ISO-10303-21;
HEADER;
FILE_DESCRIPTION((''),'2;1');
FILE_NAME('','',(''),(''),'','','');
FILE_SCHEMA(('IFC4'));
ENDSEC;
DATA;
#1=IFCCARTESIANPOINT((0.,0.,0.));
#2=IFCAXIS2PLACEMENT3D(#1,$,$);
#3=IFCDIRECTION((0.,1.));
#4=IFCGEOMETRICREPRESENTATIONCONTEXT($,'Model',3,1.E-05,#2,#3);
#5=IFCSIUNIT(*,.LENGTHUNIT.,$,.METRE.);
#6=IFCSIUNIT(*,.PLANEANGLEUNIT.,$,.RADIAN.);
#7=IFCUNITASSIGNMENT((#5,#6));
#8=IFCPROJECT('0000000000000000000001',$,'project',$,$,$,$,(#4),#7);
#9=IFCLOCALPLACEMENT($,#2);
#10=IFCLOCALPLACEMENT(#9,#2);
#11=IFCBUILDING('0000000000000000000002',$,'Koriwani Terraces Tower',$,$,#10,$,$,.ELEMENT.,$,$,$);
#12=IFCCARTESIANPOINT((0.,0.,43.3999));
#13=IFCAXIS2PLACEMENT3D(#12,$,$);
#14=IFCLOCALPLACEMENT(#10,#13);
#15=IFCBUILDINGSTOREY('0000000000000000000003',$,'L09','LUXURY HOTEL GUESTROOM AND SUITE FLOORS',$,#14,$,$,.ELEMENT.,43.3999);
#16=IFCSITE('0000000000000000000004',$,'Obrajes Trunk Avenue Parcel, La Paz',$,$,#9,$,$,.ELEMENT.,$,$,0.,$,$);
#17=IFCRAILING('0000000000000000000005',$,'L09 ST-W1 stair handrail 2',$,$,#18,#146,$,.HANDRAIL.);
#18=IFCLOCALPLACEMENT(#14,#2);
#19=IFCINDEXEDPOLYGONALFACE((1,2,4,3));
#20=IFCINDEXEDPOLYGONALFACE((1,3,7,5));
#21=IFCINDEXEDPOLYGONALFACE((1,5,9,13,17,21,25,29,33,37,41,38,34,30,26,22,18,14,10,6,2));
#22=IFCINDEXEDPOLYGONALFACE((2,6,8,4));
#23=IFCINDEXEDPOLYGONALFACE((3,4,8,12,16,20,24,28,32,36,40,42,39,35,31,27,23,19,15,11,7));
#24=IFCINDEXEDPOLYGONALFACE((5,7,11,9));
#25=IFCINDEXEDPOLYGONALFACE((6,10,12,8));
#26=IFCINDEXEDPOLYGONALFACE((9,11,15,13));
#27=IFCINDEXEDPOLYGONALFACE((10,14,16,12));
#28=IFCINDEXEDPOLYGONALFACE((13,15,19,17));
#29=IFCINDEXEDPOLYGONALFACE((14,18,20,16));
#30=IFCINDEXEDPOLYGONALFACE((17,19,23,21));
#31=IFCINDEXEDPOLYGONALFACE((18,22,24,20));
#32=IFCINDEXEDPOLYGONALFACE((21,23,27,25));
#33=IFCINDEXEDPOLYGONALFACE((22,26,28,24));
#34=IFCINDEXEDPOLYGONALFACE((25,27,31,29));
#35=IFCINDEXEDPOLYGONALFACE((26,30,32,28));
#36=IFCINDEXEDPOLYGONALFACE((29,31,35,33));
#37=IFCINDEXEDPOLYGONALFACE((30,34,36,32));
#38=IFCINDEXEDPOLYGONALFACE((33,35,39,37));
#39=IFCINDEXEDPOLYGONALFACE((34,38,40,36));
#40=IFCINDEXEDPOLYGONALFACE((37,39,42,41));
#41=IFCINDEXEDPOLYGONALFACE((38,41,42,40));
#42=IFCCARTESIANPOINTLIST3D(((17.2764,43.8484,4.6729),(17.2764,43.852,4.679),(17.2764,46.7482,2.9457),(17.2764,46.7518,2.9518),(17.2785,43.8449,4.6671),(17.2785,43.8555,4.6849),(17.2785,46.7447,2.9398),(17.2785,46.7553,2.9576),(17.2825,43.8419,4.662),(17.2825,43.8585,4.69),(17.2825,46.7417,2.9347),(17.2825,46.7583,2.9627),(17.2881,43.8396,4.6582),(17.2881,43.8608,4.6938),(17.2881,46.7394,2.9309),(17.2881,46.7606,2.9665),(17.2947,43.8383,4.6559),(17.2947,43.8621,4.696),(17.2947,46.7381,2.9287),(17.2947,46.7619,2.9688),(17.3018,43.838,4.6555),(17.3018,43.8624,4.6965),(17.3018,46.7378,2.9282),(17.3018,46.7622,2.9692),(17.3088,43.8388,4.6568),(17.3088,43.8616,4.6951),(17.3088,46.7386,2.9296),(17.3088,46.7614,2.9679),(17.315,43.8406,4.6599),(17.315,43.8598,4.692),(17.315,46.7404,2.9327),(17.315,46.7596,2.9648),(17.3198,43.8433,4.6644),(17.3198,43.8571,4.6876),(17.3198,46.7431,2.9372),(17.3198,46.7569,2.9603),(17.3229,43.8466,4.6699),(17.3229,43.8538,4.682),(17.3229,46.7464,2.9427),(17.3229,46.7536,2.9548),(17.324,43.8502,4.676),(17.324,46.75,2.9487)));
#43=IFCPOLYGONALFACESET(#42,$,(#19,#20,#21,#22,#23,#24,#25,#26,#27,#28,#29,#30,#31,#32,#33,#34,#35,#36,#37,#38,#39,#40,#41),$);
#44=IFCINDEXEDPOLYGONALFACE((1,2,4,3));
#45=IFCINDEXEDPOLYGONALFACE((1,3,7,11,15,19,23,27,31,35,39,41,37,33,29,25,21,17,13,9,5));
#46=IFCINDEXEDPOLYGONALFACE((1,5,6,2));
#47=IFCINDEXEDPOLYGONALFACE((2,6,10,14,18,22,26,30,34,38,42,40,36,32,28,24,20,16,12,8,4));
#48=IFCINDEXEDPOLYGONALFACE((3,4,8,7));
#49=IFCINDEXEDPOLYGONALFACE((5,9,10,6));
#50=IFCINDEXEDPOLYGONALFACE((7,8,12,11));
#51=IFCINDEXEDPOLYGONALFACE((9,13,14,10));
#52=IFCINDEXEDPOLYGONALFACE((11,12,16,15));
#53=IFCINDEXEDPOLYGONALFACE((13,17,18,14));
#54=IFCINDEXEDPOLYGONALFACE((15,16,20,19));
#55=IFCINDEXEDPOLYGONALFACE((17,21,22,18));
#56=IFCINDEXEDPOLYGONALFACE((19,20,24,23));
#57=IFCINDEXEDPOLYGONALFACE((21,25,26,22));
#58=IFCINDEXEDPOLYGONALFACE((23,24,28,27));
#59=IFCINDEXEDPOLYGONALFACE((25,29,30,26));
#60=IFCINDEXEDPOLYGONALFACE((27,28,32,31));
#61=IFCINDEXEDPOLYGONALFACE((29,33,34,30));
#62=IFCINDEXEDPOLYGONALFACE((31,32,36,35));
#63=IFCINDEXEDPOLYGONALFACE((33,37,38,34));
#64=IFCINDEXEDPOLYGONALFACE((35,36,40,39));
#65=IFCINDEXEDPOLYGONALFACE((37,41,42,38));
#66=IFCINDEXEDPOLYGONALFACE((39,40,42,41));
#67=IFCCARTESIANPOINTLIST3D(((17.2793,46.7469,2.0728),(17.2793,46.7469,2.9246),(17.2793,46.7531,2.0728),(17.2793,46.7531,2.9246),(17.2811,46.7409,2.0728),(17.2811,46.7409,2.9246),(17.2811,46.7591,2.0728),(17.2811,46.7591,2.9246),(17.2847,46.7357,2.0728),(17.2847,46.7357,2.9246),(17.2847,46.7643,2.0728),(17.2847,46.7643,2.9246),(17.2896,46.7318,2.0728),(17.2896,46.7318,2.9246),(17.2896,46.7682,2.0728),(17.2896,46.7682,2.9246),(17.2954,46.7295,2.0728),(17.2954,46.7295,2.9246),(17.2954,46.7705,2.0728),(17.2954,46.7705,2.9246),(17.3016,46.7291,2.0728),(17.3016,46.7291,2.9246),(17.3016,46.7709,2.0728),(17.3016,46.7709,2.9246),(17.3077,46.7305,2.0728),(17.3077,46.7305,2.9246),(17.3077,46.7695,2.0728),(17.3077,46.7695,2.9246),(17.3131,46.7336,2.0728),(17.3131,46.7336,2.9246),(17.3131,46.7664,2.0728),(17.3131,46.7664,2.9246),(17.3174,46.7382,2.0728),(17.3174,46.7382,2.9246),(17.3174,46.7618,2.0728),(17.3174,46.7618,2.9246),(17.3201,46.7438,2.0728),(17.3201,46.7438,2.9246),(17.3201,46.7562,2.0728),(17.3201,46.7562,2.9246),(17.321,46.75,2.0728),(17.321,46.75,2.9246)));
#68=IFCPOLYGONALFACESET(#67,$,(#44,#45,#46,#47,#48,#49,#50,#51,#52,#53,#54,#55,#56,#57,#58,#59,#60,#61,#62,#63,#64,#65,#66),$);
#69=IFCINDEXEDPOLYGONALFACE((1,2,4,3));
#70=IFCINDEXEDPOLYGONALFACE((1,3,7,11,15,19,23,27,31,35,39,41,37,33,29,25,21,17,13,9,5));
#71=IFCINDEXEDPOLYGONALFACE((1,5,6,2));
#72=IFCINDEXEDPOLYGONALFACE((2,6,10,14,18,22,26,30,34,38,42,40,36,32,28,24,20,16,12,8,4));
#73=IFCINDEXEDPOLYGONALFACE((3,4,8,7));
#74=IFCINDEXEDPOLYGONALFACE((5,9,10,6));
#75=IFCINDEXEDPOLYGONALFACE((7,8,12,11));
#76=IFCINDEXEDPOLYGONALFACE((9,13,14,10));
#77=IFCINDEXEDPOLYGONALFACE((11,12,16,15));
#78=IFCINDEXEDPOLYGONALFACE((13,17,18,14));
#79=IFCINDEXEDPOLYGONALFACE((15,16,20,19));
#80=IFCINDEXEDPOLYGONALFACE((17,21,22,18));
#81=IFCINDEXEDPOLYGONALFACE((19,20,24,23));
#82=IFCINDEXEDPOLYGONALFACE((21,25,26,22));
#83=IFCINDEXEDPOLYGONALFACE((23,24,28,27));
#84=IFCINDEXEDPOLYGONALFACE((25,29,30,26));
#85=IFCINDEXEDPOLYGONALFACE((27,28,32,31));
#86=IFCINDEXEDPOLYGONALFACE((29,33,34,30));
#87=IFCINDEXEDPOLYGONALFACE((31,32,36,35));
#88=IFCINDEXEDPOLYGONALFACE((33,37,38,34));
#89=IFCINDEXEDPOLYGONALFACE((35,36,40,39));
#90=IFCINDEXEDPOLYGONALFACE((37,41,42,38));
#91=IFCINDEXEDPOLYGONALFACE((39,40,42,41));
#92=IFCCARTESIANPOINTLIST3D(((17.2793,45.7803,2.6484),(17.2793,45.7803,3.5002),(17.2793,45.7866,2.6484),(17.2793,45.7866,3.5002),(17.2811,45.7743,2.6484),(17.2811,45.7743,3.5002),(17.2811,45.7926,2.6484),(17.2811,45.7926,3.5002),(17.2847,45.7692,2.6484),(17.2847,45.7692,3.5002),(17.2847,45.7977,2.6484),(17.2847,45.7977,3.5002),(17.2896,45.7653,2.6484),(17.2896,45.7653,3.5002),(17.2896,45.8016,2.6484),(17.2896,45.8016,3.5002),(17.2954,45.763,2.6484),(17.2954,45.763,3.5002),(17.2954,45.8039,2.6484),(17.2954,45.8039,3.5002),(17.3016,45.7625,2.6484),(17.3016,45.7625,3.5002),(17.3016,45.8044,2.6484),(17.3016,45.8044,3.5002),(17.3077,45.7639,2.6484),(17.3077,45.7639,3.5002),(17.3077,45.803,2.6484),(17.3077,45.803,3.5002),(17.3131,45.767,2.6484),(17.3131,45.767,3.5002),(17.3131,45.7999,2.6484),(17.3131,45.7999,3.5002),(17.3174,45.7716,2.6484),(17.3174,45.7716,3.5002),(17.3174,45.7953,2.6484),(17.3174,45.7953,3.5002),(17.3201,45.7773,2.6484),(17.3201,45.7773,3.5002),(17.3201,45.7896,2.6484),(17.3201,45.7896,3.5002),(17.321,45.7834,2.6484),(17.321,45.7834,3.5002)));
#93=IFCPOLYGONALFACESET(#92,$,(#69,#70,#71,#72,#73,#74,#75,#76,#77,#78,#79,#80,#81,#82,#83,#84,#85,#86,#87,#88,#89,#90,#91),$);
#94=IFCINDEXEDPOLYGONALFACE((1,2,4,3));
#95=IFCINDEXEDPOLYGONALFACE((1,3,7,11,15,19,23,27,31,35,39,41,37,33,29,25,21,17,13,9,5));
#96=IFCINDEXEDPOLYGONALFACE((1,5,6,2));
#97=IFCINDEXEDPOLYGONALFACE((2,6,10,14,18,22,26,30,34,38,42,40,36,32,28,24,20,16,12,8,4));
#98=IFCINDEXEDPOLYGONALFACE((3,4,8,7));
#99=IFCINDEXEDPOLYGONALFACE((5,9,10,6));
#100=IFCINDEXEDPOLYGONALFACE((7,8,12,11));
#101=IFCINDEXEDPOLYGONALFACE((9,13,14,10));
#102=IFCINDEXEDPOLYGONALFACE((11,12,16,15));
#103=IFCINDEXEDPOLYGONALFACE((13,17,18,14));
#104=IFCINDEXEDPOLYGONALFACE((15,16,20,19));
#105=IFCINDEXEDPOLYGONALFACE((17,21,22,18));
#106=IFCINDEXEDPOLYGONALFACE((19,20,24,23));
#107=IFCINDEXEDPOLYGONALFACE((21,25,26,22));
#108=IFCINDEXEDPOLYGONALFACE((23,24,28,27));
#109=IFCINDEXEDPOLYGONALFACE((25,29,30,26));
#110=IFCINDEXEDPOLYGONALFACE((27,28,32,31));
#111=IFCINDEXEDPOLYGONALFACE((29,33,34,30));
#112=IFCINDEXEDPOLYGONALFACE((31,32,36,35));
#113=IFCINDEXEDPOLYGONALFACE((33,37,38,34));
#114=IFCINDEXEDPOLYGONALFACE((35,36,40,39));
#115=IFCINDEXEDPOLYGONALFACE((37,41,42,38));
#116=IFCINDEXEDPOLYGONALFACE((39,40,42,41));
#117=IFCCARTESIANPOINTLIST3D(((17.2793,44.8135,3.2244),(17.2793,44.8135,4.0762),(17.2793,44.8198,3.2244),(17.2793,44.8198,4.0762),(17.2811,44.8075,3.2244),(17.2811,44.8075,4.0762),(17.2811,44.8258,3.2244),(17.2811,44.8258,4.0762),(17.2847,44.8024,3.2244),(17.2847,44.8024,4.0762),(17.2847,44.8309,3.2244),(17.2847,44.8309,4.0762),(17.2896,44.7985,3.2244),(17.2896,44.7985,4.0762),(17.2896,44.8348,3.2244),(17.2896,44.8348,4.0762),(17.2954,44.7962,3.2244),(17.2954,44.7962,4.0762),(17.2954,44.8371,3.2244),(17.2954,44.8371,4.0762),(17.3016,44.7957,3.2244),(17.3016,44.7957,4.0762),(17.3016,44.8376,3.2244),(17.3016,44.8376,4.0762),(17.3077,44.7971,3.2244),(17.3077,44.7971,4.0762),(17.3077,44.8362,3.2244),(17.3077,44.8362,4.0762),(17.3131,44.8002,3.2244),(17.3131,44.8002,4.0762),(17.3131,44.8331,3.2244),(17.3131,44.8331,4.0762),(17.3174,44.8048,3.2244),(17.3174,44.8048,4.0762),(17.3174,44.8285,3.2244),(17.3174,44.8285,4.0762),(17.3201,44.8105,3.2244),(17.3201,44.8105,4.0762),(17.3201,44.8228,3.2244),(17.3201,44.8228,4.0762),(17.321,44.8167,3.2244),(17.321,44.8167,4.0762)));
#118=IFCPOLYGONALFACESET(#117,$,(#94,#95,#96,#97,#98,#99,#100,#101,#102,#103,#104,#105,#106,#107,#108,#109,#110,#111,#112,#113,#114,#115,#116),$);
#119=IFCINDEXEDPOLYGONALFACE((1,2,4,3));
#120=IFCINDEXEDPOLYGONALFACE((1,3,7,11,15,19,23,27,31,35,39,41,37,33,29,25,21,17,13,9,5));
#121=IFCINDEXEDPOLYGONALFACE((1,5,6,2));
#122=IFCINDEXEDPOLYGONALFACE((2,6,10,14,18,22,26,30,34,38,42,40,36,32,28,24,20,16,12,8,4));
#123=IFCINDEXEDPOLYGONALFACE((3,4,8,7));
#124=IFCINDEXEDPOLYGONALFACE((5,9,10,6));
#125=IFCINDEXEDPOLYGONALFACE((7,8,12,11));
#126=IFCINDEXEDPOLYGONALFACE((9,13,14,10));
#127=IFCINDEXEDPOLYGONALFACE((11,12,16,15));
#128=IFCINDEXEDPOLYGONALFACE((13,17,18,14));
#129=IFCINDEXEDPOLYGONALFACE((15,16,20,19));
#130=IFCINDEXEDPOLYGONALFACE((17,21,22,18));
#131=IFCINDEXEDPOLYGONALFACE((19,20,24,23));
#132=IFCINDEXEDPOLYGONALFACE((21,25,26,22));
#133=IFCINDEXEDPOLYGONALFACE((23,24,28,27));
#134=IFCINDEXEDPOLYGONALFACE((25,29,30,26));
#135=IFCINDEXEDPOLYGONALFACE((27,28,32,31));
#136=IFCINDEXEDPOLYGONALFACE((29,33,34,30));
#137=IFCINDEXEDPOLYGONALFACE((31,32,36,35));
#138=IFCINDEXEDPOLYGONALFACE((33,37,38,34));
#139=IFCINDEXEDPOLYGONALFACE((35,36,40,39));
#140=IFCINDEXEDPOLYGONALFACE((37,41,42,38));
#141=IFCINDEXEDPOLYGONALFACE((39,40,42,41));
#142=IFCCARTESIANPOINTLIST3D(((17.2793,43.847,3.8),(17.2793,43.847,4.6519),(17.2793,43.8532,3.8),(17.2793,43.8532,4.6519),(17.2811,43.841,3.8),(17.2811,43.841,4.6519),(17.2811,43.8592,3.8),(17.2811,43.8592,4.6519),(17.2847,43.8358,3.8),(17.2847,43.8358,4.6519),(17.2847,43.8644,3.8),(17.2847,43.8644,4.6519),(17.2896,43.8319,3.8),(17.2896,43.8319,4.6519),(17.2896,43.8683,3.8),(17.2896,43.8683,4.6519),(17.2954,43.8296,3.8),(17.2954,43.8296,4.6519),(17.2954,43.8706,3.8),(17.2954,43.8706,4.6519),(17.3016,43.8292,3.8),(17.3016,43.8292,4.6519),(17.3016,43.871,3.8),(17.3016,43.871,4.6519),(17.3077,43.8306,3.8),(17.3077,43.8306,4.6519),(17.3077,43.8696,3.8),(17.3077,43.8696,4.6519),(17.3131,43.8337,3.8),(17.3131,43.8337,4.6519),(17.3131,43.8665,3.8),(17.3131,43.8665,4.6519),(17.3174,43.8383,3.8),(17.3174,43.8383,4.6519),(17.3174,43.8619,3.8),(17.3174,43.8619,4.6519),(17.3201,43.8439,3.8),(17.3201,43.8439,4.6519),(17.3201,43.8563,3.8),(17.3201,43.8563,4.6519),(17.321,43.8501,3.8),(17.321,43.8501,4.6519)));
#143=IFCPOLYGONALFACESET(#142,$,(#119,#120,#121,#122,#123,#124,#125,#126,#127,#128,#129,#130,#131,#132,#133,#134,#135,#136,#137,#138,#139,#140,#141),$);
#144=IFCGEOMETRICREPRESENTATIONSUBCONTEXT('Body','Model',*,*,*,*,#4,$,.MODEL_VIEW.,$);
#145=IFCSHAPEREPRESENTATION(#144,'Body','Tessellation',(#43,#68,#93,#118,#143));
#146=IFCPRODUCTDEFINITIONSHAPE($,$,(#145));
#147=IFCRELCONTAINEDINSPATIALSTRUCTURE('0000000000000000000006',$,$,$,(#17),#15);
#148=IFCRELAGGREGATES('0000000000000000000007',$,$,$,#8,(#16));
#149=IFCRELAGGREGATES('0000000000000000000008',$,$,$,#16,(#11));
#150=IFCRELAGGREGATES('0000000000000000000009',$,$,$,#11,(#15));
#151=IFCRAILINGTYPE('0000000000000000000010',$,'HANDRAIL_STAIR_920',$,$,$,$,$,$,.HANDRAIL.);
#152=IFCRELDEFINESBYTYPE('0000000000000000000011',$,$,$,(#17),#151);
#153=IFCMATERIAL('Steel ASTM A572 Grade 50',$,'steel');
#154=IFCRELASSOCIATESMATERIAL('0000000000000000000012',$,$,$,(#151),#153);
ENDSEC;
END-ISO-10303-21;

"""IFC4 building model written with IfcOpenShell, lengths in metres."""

from ifc_helpers import new_model, si_unit, direction, frame, origin, origin_2d, place, context, subcontext, project, spatial, circle, extrude, material, type_object, element, save


model = new_model("IFC4")

# Units and contexts
model_context = context("Model", 3, precision=1e-05, world=origin(), true_north=direction((0.0, 1.0)))
body_context = subcontext(model_context, "Body", "Model", "MODEL_VIEW")
ifc_project = project(units=[si_unit("LENGTHUNIT", "METRE"), si_unit("PLANEANGLEUNIT", "RADIAN")], contexts=[model_context])

# Site, building, storey
site_placement = place(None, origin())
site = spatial("IfcSite", under=ifc_project, at=site_placement, Name="Obrajes Trunk Avenue Parcel, La Paz", CompositionType="ELEMENT", RefElevation=0.0)
building_placement = place(site_placement, origin())
building = spatial("IfcBuilding", under=site, at=building_placement, Name="Koriwani Terraces Tower", CompositionType="ELEMENT")
storey_placement = place(building_placement, frame((0.0, 0.0, 43.3999)))
storey = spatial("IfcBuildingStorey", under=building, at=storey_placement, Name="L09", Description="LUXURY HOTEL GUESTROOM AND SUITE FLOORS", CompositionType="ELEMENT", Elevation=43.3999)

# Shared definitions
ifc_material_1 = material(Name="Steel ASTM A572 Grade 50", Category="steel")

# Railing
railing_type = type_object("IfcRailingType", Name="HANDRAIL_STAIR_920", PredefinedType="HANDRAIL", material=ifc_material_1)
railing_placement = place(storey_placement, frame((17.3, 46.75, 2.0728)))
element("IfcRailing", 1, at=railing_placement, inside=storey, type_object=railing_type, Name="L09 ST-W1 stair handrail 2", PredefinedType="HANDRAIL", context=body_context, shape_type="SweptSolid", body=[
    extrude(circle(Radius=0.0239, at=origin_2d()), frame((0.0, 0.0, 0.876), z_axis=(0.0, -0.859141, 0.511738), x_axis=(1.0, 0.0, 0.0)), (0.0, 0.0, 1.0), 3.3752),
    extrude(circle(Radius=0.021, at=origin_2d()), origin(), (0.0, 0.0, 1.0), 0.8518),
    extrude(circle(Radius=0.021, at=origin_2d()), frame((0.0, -0.9666, 0.5757)), (0.0, 0.0, 1.0), 0.8518),
    extrude(circle(Radius=0.021, at=origin_2d()), frame((0.0, -1.9333, 1.1516)), (0.0, 0.0, 1.0), 0.8518),
    extrude(circle(Radius=0.021, at=origin_2d()), frame((0.0, -2.8999, 1.7273)), (0.0, 0.0, 1.0), 0.8518),
])

save(model, "model.ifc")
